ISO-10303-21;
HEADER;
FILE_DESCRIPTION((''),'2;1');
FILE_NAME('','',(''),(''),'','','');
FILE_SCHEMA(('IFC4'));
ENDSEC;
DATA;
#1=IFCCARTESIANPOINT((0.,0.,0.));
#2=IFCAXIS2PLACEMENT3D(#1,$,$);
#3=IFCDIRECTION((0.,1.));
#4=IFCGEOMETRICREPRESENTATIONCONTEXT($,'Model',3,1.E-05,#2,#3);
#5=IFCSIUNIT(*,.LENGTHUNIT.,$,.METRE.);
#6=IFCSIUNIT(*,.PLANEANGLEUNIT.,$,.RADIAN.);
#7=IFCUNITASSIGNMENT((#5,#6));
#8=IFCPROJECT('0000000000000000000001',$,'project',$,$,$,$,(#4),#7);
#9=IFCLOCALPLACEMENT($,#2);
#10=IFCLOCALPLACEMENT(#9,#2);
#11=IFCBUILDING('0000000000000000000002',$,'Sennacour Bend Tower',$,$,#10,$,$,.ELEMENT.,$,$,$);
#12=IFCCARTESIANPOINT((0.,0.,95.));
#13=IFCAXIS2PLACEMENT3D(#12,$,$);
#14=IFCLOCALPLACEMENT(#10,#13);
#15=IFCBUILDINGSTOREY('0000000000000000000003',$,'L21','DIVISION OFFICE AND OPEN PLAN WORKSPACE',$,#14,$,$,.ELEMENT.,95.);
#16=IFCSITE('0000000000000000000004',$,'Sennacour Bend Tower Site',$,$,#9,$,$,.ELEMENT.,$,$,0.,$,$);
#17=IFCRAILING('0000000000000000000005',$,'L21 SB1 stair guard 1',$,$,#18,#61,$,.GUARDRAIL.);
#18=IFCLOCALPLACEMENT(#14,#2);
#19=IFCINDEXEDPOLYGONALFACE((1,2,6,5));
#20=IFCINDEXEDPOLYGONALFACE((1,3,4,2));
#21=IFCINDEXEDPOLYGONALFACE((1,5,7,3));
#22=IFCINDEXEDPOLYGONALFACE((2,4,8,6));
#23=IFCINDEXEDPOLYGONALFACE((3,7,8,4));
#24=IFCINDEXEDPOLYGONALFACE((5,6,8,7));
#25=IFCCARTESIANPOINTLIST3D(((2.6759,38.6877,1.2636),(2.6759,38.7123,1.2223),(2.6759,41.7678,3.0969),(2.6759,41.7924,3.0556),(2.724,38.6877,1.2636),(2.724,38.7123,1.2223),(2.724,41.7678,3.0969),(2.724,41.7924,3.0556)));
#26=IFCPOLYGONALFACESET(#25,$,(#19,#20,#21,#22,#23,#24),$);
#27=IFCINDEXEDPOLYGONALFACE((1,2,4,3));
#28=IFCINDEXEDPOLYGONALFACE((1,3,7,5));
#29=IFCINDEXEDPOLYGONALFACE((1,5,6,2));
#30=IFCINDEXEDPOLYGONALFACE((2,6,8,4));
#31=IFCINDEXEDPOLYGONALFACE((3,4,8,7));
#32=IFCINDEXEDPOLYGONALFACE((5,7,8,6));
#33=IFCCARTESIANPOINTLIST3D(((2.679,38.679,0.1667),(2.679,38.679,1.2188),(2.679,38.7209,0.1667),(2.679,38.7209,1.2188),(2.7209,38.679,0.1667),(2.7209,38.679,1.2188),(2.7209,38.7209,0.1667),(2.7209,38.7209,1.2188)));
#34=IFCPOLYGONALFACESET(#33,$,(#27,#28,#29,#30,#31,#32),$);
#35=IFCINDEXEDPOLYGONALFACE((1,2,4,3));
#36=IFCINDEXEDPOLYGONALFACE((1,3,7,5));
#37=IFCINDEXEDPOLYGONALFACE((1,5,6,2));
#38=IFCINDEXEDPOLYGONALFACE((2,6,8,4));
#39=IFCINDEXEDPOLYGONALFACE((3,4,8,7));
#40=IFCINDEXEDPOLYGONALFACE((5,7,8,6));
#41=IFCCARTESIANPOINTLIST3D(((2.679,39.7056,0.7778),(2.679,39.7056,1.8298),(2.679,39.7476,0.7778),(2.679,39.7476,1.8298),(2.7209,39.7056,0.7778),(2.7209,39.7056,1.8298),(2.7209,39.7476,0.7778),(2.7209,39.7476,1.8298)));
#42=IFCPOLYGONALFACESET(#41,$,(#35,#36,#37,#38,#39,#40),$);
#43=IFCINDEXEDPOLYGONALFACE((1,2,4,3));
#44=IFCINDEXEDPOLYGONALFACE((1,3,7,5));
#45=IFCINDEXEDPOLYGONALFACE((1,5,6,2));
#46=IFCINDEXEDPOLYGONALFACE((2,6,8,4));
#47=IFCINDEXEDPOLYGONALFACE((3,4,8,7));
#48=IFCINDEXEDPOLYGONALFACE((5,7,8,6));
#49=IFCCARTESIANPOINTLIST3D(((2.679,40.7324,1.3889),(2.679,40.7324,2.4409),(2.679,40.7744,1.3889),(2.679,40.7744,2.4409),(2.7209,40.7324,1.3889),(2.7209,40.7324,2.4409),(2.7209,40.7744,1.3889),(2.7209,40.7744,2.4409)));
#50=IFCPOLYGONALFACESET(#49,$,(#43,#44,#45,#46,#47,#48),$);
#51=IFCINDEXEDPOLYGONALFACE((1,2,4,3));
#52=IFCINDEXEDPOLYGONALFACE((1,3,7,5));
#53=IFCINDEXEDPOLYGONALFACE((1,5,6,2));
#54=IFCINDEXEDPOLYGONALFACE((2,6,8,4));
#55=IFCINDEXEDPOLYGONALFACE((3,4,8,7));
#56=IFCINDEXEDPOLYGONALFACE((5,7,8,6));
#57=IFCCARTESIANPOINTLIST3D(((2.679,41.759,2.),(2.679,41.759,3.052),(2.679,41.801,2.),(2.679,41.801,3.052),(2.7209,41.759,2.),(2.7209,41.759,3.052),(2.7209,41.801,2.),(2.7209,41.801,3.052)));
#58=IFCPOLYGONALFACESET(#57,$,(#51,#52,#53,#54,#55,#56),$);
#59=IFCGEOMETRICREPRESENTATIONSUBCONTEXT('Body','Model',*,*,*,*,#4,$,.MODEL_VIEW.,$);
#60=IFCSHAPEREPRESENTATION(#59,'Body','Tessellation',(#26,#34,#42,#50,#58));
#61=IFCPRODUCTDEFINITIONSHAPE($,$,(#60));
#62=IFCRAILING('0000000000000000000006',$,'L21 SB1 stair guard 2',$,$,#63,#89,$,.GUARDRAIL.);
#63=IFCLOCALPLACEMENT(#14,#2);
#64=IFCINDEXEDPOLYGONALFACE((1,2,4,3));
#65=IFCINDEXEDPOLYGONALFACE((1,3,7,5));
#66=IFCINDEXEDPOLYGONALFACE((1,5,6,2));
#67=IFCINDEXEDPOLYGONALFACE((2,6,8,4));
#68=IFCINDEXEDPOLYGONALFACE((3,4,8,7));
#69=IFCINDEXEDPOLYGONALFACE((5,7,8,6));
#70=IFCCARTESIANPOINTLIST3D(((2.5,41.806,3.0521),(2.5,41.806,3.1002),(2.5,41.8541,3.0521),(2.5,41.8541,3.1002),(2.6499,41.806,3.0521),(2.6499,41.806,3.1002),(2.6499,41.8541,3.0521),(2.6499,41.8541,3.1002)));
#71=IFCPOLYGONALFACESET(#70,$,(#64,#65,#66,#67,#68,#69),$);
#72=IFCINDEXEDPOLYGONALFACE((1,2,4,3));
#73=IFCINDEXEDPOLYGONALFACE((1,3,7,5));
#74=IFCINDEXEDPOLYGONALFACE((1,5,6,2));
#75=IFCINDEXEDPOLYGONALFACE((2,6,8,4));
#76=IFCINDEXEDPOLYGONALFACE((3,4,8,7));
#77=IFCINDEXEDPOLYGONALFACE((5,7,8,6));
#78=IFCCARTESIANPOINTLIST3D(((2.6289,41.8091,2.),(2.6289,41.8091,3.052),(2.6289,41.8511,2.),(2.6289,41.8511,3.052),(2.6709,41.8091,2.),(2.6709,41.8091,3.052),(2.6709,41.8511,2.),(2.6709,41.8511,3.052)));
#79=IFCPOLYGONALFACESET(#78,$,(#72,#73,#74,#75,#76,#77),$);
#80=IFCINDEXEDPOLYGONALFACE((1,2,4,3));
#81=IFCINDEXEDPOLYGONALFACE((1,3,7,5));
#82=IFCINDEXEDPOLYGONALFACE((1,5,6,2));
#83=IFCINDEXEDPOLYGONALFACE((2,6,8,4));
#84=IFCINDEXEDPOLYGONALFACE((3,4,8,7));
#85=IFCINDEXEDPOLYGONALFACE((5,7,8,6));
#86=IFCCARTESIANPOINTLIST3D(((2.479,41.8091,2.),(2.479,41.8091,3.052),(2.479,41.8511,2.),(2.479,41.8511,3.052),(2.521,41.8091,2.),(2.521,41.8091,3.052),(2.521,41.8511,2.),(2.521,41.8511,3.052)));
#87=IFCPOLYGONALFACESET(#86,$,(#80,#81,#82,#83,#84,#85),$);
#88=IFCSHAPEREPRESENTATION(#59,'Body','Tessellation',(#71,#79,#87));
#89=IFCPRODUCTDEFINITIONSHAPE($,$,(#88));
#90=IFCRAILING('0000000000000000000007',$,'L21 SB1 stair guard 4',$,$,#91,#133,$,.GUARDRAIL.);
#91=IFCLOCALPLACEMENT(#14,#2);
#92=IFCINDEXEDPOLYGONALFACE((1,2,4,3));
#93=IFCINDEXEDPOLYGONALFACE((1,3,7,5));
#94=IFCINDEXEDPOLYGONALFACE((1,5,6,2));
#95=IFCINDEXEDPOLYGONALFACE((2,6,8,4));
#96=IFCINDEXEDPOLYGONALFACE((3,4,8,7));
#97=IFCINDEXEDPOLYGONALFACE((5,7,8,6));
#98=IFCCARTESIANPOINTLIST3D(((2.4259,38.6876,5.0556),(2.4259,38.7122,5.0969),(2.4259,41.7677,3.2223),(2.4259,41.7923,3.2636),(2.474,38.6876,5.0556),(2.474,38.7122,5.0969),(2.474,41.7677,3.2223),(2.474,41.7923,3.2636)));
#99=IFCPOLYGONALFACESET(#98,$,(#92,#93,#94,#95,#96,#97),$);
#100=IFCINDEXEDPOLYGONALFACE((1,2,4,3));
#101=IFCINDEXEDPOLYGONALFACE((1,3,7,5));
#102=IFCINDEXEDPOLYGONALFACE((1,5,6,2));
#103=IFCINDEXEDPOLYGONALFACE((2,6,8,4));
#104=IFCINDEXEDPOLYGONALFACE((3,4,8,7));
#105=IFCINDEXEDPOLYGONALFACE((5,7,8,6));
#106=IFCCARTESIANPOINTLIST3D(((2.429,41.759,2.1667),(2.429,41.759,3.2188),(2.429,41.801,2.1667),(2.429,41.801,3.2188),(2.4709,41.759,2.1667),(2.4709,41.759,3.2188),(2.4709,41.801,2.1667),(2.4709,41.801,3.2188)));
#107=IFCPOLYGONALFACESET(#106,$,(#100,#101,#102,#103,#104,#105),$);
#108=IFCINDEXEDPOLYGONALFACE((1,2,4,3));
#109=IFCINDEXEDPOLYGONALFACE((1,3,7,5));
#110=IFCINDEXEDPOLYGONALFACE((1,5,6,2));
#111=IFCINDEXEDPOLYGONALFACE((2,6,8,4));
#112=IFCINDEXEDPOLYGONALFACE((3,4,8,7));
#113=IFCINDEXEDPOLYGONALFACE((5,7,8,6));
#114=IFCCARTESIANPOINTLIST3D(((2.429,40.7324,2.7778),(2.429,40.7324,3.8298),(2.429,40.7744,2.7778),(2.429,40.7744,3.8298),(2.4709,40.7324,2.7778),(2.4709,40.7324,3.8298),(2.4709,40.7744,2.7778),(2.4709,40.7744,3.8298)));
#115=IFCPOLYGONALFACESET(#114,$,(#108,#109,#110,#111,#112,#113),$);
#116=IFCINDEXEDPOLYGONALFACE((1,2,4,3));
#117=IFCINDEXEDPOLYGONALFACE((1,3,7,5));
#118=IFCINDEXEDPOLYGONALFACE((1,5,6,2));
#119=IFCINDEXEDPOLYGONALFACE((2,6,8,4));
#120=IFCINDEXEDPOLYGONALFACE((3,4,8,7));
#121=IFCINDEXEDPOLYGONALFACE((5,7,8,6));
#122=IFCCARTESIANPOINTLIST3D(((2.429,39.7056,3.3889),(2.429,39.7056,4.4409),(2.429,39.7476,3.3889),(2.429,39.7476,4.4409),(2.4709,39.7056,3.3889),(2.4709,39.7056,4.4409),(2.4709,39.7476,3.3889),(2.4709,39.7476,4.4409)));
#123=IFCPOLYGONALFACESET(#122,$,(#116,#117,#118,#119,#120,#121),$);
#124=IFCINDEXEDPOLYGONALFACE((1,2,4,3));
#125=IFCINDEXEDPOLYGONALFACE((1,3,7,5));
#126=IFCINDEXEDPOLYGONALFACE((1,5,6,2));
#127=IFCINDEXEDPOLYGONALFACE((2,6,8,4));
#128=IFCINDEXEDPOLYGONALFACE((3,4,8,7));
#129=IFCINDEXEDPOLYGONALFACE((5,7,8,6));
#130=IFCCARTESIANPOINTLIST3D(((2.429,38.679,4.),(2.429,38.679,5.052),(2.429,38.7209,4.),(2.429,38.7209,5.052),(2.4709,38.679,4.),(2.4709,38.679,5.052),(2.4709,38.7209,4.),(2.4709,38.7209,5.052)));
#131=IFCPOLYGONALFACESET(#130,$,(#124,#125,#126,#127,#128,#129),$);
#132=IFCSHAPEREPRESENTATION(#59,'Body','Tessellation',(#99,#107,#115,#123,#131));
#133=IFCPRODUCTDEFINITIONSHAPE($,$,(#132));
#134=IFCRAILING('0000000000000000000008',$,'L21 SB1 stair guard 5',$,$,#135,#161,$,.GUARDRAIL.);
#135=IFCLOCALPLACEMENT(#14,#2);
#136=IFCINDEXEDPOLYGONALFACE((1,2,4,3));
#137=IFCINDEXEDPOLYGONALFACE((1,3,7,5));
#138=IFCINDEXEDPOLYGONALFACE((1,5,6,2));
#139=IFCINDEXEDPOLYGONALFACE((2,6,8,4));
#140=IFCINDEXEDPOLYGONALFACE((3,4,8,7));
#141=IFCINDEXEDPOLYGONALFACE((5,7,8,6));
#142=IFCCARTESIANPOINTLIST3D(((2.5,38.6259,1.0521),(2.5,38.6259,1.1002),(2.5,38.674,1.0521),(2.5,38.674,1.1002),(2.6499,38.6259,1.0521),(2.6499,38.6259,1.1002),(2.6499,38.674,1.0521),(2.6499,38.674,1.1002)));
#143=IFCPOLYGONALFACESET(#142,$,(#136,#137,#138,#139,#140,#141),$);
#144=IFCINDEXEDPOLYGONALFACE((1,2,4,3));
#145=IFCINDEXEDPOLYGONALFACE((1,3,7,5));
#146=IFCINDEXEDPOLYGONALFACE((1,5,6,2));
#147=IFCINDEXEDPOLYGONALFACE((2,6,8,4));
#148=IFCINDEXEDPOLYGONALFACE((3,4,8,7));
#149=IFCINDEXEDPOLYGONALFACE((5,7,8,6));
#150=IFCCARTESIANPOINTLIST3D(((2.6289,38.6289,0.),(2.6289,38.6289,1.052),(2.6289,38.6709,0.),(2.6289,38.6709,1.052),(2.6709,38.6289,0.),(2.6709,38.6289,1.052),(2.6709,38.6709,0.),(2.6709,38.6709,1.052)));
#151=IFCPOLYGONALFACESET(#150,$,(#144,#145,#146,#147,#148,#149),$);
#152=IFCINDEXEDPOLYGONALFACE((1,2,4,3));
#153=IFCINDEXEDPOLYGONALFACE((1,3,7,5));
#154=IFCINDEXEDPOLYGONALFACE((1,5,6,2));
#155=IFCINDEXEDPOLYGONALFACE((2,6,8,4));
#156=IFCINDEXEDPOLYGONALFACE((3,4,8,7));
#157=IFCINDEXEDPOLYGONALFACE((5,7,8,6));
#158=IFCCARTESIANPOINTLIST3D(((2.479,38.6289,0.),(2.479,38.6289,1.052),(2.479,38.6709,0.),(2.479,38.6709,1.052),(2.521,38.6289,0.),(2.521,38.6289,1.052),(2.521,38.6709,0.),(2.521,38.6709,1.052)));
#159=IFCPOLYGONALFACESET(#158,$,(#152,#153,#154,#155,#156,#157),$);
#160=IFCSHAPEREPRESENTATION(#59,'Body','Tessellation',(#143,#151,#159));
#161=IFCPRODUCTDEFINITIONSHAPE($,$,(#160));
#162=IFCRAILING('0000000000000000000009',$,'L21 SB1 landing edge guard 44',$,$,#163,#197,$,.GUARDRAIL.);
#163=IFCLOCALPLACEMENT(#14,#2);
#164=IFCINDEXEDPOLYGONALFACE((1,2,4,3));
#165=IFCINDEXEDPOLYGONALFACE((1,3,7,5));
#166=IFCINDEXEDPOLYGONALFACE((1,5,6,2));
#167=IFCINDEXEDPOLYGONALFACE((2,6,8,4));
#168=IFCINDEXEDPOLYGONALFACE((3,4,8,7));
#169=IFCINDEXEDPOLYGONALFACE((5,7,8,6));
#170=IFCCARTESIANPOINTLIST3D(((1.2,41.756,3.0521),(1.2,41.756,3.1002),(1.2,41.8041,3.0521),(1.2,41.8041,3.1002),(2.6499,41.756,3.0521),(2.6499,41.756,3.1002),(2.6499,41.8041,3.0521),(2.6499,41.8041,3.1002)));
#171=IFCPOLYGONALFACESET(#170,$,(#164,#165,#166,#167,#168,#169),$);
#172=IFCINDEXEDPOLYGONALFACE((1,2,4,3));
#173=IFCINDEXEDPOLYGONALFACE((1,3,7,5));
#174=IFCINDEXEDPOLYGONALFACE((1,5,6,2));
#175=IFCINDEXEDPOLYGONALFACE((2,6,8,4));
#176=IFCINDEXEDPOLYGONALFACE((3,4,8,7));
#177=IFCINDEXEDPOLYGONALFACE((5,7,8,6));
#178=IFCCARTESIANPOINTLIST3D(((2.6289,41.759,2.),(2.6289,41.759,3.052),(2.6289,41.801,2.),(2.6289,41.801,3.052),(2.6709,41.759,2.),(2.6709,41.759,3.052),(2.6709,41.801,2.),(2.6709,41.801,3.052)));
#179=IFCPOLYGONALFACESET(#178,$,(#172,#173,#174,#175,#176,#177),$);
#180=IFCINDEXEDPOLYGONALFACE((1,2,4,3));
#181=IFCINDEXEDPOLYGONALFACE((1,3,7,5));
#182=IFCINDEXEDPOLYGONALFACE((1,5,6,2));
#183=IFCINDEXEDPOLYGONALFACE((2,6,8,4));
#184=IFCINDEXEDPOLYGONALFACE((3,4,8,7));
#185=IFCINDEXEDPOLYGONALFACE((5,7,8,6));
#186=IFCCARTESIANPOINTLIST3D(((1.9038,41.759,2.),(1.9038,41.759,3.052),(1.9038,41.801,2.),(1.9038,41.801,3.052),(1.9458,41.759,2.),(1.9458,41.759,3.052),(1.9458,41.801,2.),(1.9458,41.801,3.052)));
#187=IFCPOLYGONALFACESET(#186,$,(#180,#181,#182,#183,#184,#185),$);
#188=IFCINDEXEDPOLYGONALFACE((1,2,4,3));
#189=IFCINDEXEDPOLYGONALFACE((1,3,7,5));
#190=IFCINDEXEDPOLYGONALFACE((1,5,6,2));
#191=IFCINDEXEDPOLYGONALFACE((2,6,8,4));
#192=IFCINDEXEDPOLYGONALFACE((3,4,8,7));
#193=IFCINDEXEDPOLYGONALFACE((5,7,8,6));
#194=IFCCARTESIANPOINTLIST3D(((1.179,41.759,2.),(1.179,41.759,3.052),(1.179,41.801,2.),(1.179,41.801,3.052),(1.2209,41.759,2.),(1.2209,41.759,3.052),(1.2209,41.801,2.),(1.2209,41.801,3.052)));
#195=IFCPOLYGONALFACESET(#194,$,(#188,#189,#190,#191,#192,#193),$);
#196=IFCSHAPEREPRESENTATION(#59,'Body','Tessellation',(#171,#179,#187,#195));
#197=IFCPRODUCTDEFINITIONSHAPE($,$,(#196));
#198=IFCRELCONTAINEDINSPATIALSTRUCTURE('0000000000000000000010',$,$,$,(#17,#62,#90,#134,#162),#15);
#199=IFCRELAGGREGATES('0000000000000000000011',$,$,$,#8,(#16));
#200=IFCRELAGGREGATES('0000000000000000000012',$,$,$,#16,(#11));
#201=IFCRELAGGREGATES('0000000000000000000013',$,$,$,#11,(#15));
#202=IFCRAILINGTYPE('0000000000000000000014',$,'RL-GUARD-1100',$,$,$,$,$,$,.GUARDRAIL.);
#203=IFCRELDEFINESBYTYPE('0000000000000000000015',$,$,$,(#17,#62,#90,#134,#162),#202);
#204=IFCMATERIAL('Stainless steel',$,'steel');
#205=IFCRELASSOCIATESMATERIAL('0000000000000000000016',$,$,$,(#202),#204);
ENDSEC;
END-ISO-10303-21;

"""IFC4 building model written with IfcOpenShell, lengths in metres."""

from ifc_helpers import new_model, si_unit, direction, frame, origin, origin_2d, place, context, subcontext, project, spatial, rectangle, extrude, material, type_object, element, save


model = new_model("IFC4")

# Units and contexts
model_context = context("Model", 3, precision=1e-05, world=origin(), true_north=direction((0.0, 1.0)))
body_context = subcontext(model_context, "Body", "Model", "MODEL_VIEW")
ifc_project = project(units=[si_unit("LENGTHUNIT", "METRE"), si_unit("PLANEANGLEUNIT", "RADIAN")], contexts=[model_context])

# Site, building, storey
site_placement = place(None, origin())
site = spatial("IfcSite", under=ifc_project, at=site_placement, Name="Sennacour Bend Tower Site", CompositionType="ELEMENT", RefElevation=0.0)
building_placement = place(site_placement, origin())
building = spatial("IfcBuilding", under=site, at=building_placement, Name="Sennacour Bend Tower", CompositionType="ELEMENT")
storey_placement = place(building_placement, frame((0.0, 0.0, 95.0)))
storey = spatial("IfcBuildingStorey", under=building, at=storey_placement, Name="L21", Description="DIVISION OFFICE AND OPEN PLAN WORKSPACE", CompositionType="ELEMENT", Elevation=95.0)

# Railings
ifc_material_1 = material(Name="Stainless steel", Category="steel")
railing_type_1 = type_object("IfcRailingType", Name="RL-GUARD-1100", PredefinedType="GUARDRAIL", material=ifc_material_1)
railing_1_placement = place(storey_placement, frame((2.7, 38.7, 0.1667)))
element("IfcRailing", 1, at=railing_1_placement, inside=storey, type_object=railing_type_1, Name="L21 SB1 stair guard 1", PredefinedType="GUARDRAIL", context=body_context, shape_type="SweptSolid", body=[
    extrude(rectangle(XDim=0.0481, YDim=0.0481, at=origin_2d()), frame((0.0, 0.0, 1.0762), z_axis=(0.0, 0.859309, 0.511458), x_axis=(-1.0, 0.0, 0.0)), (0.0, 0.0, 1.0), 3.5845),
    extrude(rectangle(XDim=0.042, YDim=0.042, at=origin_2d()), origin(), (0.0, 0.0, 1.0), 1.052),
    extrude(rectangle(XDim=0.042, YDim=0.042, at=origin_2d()), frame((0.0, 1.0266, 0.6111)), (0.0, 0.0, 1.0), 1.052),
    extrude(rectangle(XDim=0.042, YDim=0.042, at=origin_2d()), frame((0.0, 2.0535, 1.2222)), (0.0, 0.0, 1.0), 1.052),
    extrude(rectangle(XDim=0.042, YDim=0.042, at=origin_2d()), frame((0.0, 3.0801, 1.8333)), (0.0, 0.0, 1.0), 1.052),
])
railing_2_placement = place(storey_placement, frame((2.6499, 41.8301, 2.0)))
element("IfcRailing", 2, at=railing_2_placement, inside=storey, type_object=railing_type_1, Name="L21 SB1 stair guard 2", PredefinedType="GUARDRAIL", context=body_context, shape_type="SweptSolid", body=[
    extrude(rectangle(XDim=0.0481, YDim=0.0481, at=origin_2d()), frame((0.0, 0.0, 1.0762), z_axis=(-1.0, 0.0, 0.0), x_axis=(0.0, -1.0, 0.0)), (0.0, 0.0, 1.0), 0.1499),
    extrude(rectangle(XDim=0.042, YDim=0.042, at=origin_2d()), origin(), (0.0, 0.0, 1.0), 1.052),
    extrude(rectangle(XDim=0.042, YDim=0.042, at=origin_2d()), frame((-0.1499, 0.0, 0.0)), (0.0, 0.0, 1.0), 1.052),
])
railing_3_placement = place(storey_placement, frame((2.45, 41.78, 2.1667)))
element("IfcRailing", 3, at=railing_3_placement, inside=storey, type_object=railing_type_1, Name="L21 SB1 stair guard 4", PredefinedType="GUARDRAIL", context=body_context, shape_type="SweptSolid", body=[
    extrude(rectangle(XDim=0.0481, YDim=0.0481, at=origin_2d()), frame((0.0, 0.0, 1.0762), z_axis=(0.0, -0.859309, 0.511458), x_axis=(1.0, 0.0, 0.0)), (0.0, 0.0, 1.0), 3.5845),
    extrude(rectangle(XDim=0.042, YDim=0.042, at=origin_2d()), origin(), (0.0, 0.0, 1.0), 1.052),
    extrude(rectangle(XDim=0.042, YDim=0.042, at=origin_2d()), frame((0.0, -1.0266, 0.6111)), (0.0, 0.0, 1.0), 1.052),
    extrude(rectangle(XDim=0.042, YDim=0.042, at=origin_2d()), frame((0.0, -2.0535, 1.2222)), (0.0, 0.0, 1.0), 1.052),
    extrude(rectangle(XDim=0.042, YDim=0.042, at=origin_2d()), frame((0.0, -3.0801, 1.8333)), (0.0, 0.0, 1.0), 1.052),
])
railing_4_placement = place(storey_placement, frame((2.6499, 38.6499, 0.0)))
element("IfcRailing", 4, at=railing_4_placement, inside=storey, type_object=railing_type_1, Name="L21 SB1 stair guard 5", PredefinedType="GUARDRAIL", context=body_context, shape_type="SweptSolid", body=[
    extrude(rectangle(XDim=0.0481, YDim=0.0481, at=origin_2d()), frame((0.0, 0.0, 1.0762), z_axis=(-1.0, 0.0, 0.0), x_axis=(0.0, -1.0, 0.0)), (0.0, 0.0, 1.0), 0.1499),
    extrude(rectangle(XDim=0.042, YDim=0.042, at=origin_2d()), origin(), (0.0, 0.0, 1.0), 1.052),
    extrude(rectangle(XDim=0.042, YDim=0.042, at=origin_2d()), frame((-0.1499, 0.0, 0.0)), (0.0, 0.0, 1.0), 1.052),
])
railing_5_placement = place(storey_placement, frame((2.6499, 41.78, 2.0)))
element("IfcRailing", 5, at=railing_5_placement, inside=storey, type_object=railing_type_1, Name="L21 SB1 landing edge guard 44", PredefinedType="GUARDRAIL", context=body_context, shape_type="SweptSolid", body=[
    extrude(rectangle(XDim=0.0481, YDim=0.0481, at=origin_2d()), frame((0.0, 0.0, 1.0762), z_axis=(-1.0, 0.0, 0.0), x_axis=(0.0, -1.0, 0.0)), (0.0, 0.0, 1.0), 1.45),
    extrude(rectangle(XDim=0.042, YDim=0.042, at=origin_2d()), origin(), (0.0, 0.0, 1.0), 1.052),
    extrude(rectangle(XDim=0.042, YDim=0.042, at=origin_2d()), frame((-0.7251, 0.0, 0.0)), (0.0, 0.0, 1.0), 1.052),
    extrude(rectangle(XDim=0.042, YDim=0.042, at=origin_2d()), frame((-1.45, 0.0, 0.0)), (0.0, 0.0, 1.0), 1.052),
])

save(model, "model.ifc")
